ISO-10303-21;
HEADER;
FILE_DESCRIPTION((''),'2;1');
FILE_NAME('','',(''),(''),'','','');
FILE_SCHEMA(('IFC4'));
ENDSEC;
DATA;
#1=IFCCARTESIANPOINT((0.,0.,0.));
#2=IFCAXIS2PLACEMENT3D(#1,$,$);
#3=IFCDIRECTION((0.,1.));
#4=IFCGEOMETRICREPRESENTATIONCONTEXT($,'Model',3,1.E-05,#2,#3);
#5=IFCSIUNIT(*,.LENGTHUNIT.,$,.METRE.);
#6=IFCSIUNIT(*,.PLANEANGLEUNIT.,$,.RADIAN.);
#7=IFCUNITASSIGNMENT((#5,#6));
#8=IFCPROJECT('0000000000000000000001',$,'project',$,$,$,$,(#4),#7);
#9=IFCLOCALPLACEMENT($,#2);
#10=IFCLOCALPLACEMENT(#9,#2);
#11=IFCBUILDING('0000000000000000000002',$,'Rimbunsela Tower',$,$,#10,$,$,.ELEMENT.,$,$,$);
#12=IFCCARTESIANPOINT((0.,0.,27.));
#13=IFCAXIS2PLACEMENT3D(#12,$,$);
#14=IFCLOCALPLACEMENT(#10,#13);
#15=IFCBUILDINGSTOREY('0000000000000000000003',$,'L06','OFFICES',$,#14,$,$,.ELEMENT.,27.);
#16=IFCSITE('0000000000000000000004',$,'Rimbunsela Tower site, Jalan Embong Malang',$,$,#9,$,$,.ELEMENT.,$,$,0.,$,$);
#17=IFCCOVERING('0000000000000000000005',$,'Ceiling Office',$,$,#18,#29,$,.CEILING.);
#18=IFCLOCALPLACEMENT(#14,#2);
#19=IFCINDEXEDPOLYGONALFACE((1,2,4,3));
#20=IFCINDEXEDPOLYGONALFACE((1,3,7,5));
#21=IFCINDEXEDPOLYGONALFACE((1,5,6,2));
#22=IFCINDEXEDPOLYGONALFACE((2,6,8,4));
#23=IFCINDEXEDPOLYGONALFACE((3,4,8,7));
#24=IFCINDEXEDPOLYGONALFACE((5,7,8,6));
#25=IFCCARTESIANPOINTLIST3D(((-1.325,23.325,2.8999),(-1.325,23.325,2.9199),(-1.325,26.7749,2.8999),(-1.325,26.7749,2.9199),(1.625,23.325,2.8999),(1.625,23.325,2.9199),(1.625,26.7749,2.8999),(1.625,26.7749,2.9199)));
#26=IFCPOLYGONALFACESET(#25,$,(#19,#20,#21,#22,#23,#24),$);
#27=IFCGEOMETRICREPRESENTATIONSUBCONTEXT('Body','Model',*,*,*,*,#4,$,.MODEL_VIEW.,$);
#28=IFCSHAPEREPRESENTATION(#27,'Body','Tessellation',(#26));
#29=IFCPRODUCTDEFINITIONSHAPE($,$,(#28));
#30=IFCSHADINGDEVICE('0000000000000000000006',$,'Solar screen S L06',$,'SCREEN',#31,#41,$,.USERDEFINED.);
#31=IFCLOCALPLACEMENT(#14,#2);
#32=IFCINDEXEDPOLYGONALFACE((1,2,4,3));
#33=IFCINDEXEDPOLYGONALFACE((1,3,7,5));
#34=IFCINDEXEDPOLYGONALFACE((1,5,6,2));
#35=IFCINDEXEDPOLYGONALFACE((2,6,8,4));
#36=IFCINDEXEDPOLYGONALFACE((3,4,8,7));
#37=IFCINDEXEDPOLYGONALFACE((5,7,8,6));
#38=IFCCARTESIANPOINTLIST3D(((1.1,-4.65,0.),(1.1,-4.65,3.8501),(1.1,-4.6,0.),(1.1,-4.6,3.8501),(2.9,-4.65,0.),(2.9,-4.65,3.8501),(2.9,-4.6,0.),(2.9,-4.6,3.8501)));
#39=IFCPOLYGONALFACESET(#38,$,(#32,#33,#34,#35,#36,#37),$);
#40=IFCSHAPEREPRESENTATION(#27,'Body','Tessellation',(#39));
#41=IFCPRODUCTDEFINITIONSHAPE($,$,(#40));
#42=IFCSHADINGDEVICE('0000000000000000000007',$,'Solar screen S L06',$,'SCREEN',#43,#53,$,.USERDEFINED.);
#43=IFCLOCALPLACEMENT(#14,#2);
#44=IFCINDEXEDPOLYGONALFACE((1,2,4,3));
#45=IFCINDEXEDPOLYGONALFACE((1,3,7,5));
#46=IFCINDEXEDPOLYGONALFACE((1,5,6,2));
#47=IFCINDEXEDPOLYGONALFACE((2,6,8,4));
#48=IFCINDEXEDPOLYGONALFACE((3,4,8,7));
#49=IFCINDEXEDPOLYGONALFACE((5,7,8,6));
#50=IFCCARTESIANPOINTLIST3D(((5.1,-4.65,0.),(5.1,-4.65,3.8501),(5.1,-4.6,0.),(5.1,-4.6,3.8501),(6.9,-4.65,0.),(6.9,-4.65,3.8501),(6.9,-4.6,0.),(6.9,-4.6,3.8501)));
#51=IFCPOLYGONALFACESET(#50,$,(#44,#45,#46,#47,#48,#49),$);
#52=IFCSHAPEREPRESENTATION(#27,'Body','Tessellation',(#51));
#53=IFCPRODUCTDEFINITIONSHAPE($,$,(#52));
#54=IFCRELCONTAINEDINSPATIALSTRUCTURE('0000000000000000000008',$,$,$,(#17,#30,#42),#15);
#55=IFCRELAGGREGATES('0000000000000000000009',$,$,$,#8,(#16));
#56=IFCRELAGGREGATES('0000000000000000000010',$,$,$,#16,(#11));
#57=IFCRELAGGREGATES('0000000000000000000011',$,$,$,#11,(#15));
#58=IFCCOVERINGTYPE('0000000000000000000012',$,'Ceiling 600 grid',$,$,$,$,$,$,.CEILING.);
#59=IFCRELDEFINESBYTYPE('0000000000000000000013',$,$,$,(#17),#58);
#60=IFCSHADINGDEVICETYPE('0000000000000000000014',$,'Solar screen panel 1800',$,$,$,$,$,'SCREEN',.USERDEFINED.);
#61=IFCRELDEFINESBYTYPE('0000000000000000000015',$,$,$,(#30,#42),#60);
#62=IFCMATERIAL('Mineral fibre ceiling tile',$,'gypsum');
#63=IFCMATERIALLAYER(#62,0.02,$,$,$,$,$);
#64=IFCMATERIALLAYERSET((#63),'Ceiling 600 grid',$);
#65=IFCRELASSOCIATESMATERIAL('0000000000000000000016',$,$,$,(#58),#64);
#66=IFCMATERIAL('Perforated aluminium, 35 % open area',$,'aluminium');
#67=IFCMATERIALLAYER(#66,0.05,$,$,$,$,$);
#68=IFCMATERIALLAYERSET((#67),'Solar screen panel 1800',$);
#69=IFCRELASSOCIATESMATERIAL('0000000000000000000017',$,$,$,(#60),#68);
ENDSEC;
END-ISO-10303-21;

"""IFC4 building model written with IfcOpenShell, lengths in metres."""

from ifc_helpers import new_model, si_unit, direction, frame, origin, origin_2d, place, context, subcontext, project, spatial, polyline, rectangle, outline, extrude, material, layer, layer_set, type_object, element, save


model = new_model("IFC4")

# Units and contexts
model_context = context("Model", 3, precision=1e-05, world=origin(), true_north=direction((0.0, 1.0)))
body_context = subcontext(model_context, "Body", "Model", "MODEL_VIEW")
ifc_project = project(units=[si_unit("LENGTHUNIT", "METRE"), si_unit("PLANEANGLEUNIT", "RADIAN")], contexts=[model_context])

# Site, building, storey
site_placement = place(None, origin())
site = spatial("IfcSite", under=ifc_project, at=site_placement, Name="Rimbunsela Tower site, Jalan Embong Malang", CompositionType="ELEMENT", RefElevation=0.0)
building_placement = place(site_placement, origin())
building = spatial("IfcBuilding", under=site, at=building_placement, Name="Rimbunsela Tower", CompositionType="ELEMENT")
storey_placement = place(building_placement, frame((0.0, 0.0, 27.0)))
storey = spatial("IfcBuildingStorey", under=building, at=storey_placement, Name="L06", Description="OFFICES", CompositionType="ELEMENT", Elevation=27.0)

# Covering
ifc_material_1 = material(Name="Mineral fibre ceiling tile", Category="gypsum")
ifc_layer_1 = layer(ifc_material_1, 0.02)
ifc_layer_set_1 = layer_set([ifc_layer_1], Name="Ceiling 600 grid")
covering_type_1 = type_object("IfcCoveringType", Name="Ceiling 600 grid", PredefinedType="CEILING", material=ifc_layer_set_1)
covering_1_placement = place(storey_placement, frame((0.0, 0.0, 2.8999)))
element("IfcCovering", 1, at=covering_1_placement, inside=storey, type_object=covering_type_1, Name="Ceiling Office", PredefinedType="CEILING", context=body_context, shape_type="SweptSolid", body=[
    extrude(outline(polyline([(1.625, 23.325), (1.625, 26.7749), (-1.325, 26.7749), (-1.325, 23.325), (1.625, 23.325)])), origin(), (0.0, 0.0, 1.0), 0.02),
])

# Shading devices
ifc_material_2 = material(Name="Perforated aluminium, 35 % open area", Category="aluminium")
ifc_layer_2 = layer(ifc_material_2, 0.05)
ifc_layer_set_2 = layer_set([ifc_layer_2], Name="Solar screen panel 1800")
shading_device_type = type_object("IfcShadingDeviceType", Name="Solar screen panel 1800", ElementType="SCREEN", PredefinedType="USERDEFINED", material=ifc_layer_set_2)
for number, where, z_axis, x_axis, name in (
    (2, (2.0, -4.625, 0.0), (0.0, 0.0, 1.0), (1.0, 0.0, 0.0), "Solar screen S L06"),
    (3, (6.0, -4.625, 0.0), (0.0, 0.0, 1.0), (1.0, 0.0, 0.0), "Solar screen S L06"),
):
    element("IfcShadingDevice", number, at=place(storey_placement, frame(where, z_axis=z_axis, x_axis=x_axis)), inside=storey, type_object=shading_device_type, Name=name, ObjectType="SCREEN", PredefinedType="USERDEFINED", context=body_context, shape_type="SweptSolid", body=[
        extrude(rectangle(XDim=1.8, YDim=0.05, at=origin_2d()), origin(), (0.0, 0.0, 1.0), 3.8501),
    ])

save(model, "model.ifc")
